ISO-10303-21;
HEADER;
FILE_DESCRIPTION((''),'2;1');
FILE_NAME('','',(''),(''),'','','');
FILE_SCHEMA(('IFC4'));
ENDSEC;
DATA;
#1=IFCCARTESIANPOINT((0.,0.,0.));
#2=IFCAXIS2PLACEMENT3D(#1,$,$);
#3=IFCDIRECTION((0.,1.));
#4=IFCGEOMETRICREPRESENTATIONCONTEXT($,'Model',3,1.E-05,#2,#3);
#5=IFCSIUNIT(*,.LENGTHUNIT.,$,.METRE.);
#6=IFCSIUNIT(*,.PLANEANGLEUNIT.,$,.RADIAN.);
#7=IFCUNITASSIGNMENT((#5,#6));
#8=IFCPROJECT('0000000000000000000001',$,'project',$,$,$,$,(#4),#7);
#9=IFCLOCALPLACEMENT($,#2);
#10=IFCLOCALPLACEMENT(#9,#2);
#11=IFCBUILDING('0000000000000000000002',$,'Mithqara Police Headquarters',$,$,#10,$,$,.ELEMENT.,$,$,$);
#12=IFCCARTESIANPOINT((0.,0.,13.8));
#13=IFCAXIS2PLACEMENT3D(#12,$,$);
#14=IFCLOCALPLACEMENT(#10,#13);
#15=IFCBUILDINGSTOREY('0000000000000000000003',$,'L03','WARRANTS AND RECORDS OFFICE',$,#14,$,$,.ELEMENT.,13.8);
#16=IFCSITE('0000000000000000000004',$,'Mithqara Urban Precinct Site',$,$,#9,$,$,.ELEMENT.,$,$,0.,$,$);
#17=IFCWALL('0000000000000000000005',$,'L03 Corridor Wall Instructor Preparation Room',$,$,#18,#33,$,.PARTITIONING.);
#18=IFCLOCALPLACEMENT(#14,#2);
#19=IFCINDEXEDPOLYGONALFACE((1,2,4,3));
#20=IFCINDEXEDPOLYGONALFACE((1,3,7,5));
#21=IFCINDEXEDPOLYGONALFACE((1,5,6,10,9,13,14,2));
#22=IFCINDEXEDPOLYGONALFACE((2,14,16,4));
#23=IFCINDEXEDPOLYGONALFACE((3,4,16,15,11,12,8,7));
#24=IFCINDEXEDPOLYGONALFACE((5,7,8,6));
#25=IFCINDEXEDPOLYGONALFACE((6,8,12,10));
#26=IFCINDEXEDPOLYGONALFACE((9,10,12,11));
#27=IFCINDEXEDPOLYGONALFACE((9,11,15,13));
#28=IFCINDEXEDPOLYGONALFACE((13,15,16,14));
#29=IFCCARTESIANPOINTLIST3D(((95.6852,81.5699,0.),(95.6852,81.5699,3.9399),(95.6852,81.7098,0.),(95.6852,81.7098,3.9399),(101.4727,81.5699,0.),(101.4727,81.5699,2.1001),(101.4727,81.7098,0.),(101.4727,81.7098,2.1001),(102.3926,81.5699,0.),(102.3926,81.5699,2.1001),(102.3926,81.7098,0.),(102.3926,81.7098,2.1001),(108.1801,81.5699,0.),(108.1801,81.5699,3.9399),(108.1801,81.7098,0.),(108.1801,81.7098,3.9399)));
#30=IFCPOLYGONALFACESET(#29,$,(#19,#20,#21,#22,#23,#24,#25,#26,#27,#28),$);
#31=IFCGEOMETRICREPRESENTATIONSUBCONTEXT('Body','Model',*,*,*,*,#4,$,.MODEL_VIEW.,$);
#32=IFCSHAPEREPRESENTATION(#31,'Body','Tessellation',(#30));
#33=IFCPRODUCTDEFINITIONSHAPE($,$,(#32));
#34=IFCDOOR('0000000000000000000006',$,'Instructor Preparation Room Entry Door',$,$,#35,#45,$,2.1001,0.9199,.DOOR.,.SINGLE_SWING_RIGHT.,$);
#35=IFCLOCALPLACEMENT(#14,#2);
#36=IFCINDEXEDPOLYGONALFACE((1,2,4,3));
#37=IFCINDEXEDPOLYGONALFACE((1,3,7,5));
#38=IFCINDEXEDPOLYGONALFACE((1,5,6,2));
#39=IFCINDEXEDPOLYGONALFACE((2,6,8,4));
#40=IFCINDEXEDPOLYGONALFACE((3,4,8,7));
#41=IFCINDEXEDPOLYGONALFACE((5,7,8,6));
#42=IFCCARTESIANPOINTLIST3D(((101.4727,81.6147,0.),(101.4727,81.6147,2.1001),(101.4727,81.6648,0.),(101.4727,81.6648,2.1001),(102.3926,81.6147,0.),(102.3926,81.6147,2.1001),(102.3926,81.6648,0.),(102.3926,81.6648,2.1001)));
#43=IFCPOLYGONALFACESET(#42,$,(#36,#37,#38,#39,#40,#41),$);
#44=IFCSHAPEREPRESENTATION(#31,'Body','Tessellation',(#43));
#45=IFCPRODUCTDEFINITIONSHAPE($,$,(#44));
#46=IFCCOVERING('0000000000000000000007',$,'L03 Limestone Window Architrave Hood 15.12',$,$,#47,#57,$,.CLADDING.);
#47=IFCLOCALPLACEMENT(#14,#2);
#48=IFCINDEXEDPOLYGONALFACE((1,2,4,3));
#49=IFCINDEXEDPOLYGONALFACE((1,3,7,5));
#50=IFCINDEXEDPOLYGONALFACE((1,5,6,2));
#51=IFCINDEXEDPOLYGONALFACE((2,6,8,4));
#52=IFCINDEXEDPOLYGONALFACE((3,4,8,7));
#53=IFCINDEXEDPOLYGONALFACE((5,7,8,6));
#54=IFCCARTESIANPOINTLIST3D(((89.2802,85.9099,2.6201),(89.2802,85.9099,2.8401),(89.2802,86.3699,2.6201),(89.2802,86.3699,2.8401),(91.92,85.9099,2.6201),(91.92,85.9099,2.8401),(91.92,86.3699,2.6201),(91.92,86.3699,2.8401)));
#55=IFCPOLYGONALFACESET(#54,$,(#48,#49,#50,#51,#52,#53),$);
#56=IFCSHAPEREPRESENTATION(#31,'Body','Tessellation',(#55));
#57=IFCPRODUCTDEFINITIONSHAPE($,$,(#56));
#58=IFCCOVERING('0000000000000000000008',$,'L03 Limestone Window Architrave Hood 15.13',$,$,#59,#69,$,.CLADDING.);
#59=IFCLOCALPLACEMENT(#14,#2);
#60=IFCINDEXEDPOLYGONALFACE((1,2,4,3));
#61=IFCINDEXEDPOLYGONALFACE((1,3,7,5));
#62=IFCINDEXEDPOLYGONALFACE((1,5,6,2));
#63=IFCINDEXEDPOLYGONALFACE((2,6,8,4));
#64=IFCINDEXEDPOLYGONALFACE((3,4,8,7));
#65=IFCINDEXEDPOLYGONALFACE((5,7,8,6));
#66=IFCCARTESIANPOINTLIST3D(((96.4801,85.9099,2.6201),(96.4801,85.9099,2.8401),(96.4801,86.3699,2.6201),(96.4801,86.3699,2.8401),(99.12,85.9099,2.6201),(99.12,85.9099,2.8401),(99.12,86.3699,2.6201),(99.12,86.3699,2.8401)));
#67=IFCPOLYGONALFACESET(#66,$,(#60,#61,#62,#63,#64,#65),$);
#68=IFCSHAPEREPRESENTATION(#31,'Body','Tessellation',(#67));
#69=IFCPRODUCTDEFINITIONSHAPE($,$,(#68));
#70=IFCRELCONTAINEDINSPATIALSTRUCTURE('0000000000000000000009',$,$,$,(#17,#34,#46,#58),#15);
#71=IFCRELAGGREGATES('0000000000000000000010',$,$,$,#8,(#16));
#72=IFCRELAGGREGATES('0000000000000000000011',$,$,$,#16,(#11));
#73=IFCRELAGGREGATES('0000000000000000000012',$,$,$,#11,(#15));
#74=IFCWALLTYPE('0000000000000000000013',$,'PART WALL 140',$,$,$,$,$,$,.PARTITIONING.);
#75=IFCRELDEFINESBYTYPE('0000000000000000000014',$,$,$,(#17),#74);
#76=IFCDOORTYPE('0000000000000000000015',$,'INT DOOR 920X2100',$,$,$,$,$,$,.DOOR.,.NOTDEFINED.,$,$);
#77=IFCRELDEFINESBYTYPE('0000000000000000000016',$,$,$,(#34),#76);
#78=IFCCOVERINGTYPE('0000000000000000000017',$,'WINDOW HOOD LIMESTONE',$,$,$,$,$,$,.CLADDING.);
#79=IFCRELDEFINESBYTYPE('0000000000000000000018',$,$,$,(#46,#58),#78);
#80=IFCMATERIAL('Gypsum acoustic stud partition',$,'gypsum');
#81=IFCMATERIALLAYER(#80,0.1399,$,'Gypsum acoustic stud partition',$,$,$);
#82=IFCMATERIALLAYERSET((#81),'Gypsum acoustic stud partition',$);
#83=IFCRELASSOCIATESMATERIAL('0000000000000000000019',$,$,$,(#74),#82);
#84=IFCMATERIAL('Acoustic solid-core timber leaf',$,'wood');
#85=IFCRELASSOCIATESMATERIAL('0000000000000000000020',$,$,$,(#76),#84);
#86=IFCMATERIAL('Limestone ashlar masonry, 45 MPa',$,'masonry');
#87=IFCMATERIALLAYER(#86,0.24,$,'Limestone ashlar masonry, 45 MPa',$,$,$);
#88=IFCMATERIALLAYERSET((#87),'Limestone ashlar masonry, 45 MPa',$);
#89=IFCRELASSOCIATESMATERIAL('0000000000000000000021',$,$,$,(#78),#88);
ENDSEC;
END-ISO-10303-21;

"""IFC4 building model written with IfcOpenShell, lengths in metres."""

from ifc_helpers import new_model, si_unit, direction, frame, frame_2d, origin, origin_2d, place, context, subcontext, project, spatial, rectangle, extrude, material, layer, layer_set, type_object, element, fill, save


model = new_model("IFC4")

# Units and contexts
model_context = context("Model", 3, precision=1e-05, world=origin(), true_north=direction((0.0, 1.0)))
body_context = subcontext(model_context, "Body", "Model", "MODEL_VIEW")
ifc_project = project(units=[si_unit("LENGTHUNIT", "METRE"), si_unit("PLANEANGLEUNIT", "RADIAN")], contexts=[model_context])

# Site, building, storey
site_placement = place(None, origin())
site = spatial("IfcSite", under=ifc_project, at=site_placement, Name="Mithqara Urban Precinct Site", CompositionType="ELEMENT", RefElevation=0.0)
building_placement = place(site_placement, origin())
building = spatial("IfcBuilding", under=site, at=building_placement, Name="Mithqara Police Headquarters", CompositionType="ELEMENT")
storey_placement = place(building_placement, frame((0.0, 0.0, 13.8)))
storey = spatial("IfcBuildingStorey", under=building, at=storey_placement, Name="L03", Description="WARRANTS AND RECORDS OFFICE", CompositionType="ELEMENT", Elevation=13.8)

# Shared definitions
ifc_material_1 = material(Name="Gypsum acoustic stud partition", Category="gypsum")
ifc_layer_1 = layer(ifc_material_1, 0.1399, Name="Gypsum acoustic stud partition")
ifc_layer_set_1 = layer_set([ifc_layer_1], Name="Gypsum acoustic stud partition")
wall_type = type_object("IfcWallType", Name="PART WALL 140", PredefinedType="PARTITIONING", material=ifc_layer_set_1)

# Wall, opening, door
wall_1_placement = place(storey_placement, frame((95.6851, 81.6399, 0.0), z_axis=(0.0, 0.0, 1.0), x_axis=(1.0, 0.0, 0.0)))
wall_1 = element("IfcWall", 1, at=wall_1_placement, inside=storey, type_object=wall_type, Name="L03 Corridor Wall Instructor Preparation Room", PredefinedType="PARTITIONING", context=body_context, shape_type="SweptSolid", body=[
    extrude(rectangle(XDim=12.4949, YDim=0.1399, at=frame_2d((6.2476, 0.0))), origin(), (0.0, 0.0, 1.0), 3.9399),
])
opening_placement = place(wall_1_placement, frame((5.7876, 0.0, 0.0)))
opening = element("IfcOpeningElement", 2, at=opening_placement, cuts=wall_1, PredefinedType="OPENING", context=body_context, shape_type="SweptSolid", body=[
    extrude(rectangle(XDim=0.9199, YDim=2.1001, at=frame_2d((0.46, 1.05))), frame((0.0, 0.0801, 0.0), z_axis=(0.0, -1.0, 0.0), x_axis=(1.0, 0.0, 0.0)), (0.0, 0.0, 1.0), 0.1599),
])
ifc_material_2 = material(Name="Acoustic solid-core timber leaf", Category="wood")
door_type = type_object("IfcDoorType", Name="INT DOOR 920X2100", OperationType="NOTDEFINED", PredefinedType="DOOR", material=ifc_material_2)
door_placement = place(opening_placement, origin())
door = element("IfcDoor", 3, at=door_placement, inside=storey, type_object=door_type, Name="Instructor Preparation Room Entry Door", OperationType="SINGLE_SWING_RIGHT", OverallHeight=2.1001, OverallWidth=0.9199, PredefinedType="DOOR", context=body_context, shape_type="SweptSolid", body=[
    extrude(rectangle(XDim=0.9199, YDim=2.1001, at=frame_2d((0.46, 1.05))), frame((0.0, 0.0249, 0.0), z_axis=(0.0, -1.0, 0.0), x_axis=(1.0, 0.0, 0.0)), (0.0, 0.0, 1.0), 0.05),
])
fill(opening, door)

# Coverings
ifc_material_3 = material(Name="Limestone ashlar masonry, 45 MPa", Category="masonry")
ifc_layer_2 = layer(ifc_material_3, 0.24, Name="Limestone ashlar masonry, 45 MPa")
ifc_layer_set_2 = layer_set([ifc_layer_2], Name="Limestone ashlar masonry, 45 MPa")
covering_type = type_object("IfcCoveringType", Name="WINDOW HOOD LIMESTONE", PredefinedType="CLADDING", material=ifc_layer_set_2)
for number, where, z_axis, x_axis, name in (
    (4, (90.6001, 86.1399, 2.6201), (0.0, 0.0, 1.0), (1.0, 0.0, 0.0), "L03 Limestone Window Architrave Hood 15.12"),
    (5, (97.8, 86.1399, 2.6201), (0.0, 0.0, 1.0), (1.0, 0.0, 0.0), "L03 Limestone Window Architrave Hood 15.13"),
):
    element("IfcCovering", number, at=place(storey_placement, frame(where, z_axis=z_axis, x_axis=x_axis)), inside=storey, type_object=covering_type, Name=name, PredefinedType="CLADDING", context=body_context, shape_type="SweptSolid", body=[
        extrude(rectangle(XDim=2.6399, YDim=0.46, at=origin_2d()), origin(), (0.0, 0.0, 1.0), 0.22),
    ])

save(model, "model.ifc")
